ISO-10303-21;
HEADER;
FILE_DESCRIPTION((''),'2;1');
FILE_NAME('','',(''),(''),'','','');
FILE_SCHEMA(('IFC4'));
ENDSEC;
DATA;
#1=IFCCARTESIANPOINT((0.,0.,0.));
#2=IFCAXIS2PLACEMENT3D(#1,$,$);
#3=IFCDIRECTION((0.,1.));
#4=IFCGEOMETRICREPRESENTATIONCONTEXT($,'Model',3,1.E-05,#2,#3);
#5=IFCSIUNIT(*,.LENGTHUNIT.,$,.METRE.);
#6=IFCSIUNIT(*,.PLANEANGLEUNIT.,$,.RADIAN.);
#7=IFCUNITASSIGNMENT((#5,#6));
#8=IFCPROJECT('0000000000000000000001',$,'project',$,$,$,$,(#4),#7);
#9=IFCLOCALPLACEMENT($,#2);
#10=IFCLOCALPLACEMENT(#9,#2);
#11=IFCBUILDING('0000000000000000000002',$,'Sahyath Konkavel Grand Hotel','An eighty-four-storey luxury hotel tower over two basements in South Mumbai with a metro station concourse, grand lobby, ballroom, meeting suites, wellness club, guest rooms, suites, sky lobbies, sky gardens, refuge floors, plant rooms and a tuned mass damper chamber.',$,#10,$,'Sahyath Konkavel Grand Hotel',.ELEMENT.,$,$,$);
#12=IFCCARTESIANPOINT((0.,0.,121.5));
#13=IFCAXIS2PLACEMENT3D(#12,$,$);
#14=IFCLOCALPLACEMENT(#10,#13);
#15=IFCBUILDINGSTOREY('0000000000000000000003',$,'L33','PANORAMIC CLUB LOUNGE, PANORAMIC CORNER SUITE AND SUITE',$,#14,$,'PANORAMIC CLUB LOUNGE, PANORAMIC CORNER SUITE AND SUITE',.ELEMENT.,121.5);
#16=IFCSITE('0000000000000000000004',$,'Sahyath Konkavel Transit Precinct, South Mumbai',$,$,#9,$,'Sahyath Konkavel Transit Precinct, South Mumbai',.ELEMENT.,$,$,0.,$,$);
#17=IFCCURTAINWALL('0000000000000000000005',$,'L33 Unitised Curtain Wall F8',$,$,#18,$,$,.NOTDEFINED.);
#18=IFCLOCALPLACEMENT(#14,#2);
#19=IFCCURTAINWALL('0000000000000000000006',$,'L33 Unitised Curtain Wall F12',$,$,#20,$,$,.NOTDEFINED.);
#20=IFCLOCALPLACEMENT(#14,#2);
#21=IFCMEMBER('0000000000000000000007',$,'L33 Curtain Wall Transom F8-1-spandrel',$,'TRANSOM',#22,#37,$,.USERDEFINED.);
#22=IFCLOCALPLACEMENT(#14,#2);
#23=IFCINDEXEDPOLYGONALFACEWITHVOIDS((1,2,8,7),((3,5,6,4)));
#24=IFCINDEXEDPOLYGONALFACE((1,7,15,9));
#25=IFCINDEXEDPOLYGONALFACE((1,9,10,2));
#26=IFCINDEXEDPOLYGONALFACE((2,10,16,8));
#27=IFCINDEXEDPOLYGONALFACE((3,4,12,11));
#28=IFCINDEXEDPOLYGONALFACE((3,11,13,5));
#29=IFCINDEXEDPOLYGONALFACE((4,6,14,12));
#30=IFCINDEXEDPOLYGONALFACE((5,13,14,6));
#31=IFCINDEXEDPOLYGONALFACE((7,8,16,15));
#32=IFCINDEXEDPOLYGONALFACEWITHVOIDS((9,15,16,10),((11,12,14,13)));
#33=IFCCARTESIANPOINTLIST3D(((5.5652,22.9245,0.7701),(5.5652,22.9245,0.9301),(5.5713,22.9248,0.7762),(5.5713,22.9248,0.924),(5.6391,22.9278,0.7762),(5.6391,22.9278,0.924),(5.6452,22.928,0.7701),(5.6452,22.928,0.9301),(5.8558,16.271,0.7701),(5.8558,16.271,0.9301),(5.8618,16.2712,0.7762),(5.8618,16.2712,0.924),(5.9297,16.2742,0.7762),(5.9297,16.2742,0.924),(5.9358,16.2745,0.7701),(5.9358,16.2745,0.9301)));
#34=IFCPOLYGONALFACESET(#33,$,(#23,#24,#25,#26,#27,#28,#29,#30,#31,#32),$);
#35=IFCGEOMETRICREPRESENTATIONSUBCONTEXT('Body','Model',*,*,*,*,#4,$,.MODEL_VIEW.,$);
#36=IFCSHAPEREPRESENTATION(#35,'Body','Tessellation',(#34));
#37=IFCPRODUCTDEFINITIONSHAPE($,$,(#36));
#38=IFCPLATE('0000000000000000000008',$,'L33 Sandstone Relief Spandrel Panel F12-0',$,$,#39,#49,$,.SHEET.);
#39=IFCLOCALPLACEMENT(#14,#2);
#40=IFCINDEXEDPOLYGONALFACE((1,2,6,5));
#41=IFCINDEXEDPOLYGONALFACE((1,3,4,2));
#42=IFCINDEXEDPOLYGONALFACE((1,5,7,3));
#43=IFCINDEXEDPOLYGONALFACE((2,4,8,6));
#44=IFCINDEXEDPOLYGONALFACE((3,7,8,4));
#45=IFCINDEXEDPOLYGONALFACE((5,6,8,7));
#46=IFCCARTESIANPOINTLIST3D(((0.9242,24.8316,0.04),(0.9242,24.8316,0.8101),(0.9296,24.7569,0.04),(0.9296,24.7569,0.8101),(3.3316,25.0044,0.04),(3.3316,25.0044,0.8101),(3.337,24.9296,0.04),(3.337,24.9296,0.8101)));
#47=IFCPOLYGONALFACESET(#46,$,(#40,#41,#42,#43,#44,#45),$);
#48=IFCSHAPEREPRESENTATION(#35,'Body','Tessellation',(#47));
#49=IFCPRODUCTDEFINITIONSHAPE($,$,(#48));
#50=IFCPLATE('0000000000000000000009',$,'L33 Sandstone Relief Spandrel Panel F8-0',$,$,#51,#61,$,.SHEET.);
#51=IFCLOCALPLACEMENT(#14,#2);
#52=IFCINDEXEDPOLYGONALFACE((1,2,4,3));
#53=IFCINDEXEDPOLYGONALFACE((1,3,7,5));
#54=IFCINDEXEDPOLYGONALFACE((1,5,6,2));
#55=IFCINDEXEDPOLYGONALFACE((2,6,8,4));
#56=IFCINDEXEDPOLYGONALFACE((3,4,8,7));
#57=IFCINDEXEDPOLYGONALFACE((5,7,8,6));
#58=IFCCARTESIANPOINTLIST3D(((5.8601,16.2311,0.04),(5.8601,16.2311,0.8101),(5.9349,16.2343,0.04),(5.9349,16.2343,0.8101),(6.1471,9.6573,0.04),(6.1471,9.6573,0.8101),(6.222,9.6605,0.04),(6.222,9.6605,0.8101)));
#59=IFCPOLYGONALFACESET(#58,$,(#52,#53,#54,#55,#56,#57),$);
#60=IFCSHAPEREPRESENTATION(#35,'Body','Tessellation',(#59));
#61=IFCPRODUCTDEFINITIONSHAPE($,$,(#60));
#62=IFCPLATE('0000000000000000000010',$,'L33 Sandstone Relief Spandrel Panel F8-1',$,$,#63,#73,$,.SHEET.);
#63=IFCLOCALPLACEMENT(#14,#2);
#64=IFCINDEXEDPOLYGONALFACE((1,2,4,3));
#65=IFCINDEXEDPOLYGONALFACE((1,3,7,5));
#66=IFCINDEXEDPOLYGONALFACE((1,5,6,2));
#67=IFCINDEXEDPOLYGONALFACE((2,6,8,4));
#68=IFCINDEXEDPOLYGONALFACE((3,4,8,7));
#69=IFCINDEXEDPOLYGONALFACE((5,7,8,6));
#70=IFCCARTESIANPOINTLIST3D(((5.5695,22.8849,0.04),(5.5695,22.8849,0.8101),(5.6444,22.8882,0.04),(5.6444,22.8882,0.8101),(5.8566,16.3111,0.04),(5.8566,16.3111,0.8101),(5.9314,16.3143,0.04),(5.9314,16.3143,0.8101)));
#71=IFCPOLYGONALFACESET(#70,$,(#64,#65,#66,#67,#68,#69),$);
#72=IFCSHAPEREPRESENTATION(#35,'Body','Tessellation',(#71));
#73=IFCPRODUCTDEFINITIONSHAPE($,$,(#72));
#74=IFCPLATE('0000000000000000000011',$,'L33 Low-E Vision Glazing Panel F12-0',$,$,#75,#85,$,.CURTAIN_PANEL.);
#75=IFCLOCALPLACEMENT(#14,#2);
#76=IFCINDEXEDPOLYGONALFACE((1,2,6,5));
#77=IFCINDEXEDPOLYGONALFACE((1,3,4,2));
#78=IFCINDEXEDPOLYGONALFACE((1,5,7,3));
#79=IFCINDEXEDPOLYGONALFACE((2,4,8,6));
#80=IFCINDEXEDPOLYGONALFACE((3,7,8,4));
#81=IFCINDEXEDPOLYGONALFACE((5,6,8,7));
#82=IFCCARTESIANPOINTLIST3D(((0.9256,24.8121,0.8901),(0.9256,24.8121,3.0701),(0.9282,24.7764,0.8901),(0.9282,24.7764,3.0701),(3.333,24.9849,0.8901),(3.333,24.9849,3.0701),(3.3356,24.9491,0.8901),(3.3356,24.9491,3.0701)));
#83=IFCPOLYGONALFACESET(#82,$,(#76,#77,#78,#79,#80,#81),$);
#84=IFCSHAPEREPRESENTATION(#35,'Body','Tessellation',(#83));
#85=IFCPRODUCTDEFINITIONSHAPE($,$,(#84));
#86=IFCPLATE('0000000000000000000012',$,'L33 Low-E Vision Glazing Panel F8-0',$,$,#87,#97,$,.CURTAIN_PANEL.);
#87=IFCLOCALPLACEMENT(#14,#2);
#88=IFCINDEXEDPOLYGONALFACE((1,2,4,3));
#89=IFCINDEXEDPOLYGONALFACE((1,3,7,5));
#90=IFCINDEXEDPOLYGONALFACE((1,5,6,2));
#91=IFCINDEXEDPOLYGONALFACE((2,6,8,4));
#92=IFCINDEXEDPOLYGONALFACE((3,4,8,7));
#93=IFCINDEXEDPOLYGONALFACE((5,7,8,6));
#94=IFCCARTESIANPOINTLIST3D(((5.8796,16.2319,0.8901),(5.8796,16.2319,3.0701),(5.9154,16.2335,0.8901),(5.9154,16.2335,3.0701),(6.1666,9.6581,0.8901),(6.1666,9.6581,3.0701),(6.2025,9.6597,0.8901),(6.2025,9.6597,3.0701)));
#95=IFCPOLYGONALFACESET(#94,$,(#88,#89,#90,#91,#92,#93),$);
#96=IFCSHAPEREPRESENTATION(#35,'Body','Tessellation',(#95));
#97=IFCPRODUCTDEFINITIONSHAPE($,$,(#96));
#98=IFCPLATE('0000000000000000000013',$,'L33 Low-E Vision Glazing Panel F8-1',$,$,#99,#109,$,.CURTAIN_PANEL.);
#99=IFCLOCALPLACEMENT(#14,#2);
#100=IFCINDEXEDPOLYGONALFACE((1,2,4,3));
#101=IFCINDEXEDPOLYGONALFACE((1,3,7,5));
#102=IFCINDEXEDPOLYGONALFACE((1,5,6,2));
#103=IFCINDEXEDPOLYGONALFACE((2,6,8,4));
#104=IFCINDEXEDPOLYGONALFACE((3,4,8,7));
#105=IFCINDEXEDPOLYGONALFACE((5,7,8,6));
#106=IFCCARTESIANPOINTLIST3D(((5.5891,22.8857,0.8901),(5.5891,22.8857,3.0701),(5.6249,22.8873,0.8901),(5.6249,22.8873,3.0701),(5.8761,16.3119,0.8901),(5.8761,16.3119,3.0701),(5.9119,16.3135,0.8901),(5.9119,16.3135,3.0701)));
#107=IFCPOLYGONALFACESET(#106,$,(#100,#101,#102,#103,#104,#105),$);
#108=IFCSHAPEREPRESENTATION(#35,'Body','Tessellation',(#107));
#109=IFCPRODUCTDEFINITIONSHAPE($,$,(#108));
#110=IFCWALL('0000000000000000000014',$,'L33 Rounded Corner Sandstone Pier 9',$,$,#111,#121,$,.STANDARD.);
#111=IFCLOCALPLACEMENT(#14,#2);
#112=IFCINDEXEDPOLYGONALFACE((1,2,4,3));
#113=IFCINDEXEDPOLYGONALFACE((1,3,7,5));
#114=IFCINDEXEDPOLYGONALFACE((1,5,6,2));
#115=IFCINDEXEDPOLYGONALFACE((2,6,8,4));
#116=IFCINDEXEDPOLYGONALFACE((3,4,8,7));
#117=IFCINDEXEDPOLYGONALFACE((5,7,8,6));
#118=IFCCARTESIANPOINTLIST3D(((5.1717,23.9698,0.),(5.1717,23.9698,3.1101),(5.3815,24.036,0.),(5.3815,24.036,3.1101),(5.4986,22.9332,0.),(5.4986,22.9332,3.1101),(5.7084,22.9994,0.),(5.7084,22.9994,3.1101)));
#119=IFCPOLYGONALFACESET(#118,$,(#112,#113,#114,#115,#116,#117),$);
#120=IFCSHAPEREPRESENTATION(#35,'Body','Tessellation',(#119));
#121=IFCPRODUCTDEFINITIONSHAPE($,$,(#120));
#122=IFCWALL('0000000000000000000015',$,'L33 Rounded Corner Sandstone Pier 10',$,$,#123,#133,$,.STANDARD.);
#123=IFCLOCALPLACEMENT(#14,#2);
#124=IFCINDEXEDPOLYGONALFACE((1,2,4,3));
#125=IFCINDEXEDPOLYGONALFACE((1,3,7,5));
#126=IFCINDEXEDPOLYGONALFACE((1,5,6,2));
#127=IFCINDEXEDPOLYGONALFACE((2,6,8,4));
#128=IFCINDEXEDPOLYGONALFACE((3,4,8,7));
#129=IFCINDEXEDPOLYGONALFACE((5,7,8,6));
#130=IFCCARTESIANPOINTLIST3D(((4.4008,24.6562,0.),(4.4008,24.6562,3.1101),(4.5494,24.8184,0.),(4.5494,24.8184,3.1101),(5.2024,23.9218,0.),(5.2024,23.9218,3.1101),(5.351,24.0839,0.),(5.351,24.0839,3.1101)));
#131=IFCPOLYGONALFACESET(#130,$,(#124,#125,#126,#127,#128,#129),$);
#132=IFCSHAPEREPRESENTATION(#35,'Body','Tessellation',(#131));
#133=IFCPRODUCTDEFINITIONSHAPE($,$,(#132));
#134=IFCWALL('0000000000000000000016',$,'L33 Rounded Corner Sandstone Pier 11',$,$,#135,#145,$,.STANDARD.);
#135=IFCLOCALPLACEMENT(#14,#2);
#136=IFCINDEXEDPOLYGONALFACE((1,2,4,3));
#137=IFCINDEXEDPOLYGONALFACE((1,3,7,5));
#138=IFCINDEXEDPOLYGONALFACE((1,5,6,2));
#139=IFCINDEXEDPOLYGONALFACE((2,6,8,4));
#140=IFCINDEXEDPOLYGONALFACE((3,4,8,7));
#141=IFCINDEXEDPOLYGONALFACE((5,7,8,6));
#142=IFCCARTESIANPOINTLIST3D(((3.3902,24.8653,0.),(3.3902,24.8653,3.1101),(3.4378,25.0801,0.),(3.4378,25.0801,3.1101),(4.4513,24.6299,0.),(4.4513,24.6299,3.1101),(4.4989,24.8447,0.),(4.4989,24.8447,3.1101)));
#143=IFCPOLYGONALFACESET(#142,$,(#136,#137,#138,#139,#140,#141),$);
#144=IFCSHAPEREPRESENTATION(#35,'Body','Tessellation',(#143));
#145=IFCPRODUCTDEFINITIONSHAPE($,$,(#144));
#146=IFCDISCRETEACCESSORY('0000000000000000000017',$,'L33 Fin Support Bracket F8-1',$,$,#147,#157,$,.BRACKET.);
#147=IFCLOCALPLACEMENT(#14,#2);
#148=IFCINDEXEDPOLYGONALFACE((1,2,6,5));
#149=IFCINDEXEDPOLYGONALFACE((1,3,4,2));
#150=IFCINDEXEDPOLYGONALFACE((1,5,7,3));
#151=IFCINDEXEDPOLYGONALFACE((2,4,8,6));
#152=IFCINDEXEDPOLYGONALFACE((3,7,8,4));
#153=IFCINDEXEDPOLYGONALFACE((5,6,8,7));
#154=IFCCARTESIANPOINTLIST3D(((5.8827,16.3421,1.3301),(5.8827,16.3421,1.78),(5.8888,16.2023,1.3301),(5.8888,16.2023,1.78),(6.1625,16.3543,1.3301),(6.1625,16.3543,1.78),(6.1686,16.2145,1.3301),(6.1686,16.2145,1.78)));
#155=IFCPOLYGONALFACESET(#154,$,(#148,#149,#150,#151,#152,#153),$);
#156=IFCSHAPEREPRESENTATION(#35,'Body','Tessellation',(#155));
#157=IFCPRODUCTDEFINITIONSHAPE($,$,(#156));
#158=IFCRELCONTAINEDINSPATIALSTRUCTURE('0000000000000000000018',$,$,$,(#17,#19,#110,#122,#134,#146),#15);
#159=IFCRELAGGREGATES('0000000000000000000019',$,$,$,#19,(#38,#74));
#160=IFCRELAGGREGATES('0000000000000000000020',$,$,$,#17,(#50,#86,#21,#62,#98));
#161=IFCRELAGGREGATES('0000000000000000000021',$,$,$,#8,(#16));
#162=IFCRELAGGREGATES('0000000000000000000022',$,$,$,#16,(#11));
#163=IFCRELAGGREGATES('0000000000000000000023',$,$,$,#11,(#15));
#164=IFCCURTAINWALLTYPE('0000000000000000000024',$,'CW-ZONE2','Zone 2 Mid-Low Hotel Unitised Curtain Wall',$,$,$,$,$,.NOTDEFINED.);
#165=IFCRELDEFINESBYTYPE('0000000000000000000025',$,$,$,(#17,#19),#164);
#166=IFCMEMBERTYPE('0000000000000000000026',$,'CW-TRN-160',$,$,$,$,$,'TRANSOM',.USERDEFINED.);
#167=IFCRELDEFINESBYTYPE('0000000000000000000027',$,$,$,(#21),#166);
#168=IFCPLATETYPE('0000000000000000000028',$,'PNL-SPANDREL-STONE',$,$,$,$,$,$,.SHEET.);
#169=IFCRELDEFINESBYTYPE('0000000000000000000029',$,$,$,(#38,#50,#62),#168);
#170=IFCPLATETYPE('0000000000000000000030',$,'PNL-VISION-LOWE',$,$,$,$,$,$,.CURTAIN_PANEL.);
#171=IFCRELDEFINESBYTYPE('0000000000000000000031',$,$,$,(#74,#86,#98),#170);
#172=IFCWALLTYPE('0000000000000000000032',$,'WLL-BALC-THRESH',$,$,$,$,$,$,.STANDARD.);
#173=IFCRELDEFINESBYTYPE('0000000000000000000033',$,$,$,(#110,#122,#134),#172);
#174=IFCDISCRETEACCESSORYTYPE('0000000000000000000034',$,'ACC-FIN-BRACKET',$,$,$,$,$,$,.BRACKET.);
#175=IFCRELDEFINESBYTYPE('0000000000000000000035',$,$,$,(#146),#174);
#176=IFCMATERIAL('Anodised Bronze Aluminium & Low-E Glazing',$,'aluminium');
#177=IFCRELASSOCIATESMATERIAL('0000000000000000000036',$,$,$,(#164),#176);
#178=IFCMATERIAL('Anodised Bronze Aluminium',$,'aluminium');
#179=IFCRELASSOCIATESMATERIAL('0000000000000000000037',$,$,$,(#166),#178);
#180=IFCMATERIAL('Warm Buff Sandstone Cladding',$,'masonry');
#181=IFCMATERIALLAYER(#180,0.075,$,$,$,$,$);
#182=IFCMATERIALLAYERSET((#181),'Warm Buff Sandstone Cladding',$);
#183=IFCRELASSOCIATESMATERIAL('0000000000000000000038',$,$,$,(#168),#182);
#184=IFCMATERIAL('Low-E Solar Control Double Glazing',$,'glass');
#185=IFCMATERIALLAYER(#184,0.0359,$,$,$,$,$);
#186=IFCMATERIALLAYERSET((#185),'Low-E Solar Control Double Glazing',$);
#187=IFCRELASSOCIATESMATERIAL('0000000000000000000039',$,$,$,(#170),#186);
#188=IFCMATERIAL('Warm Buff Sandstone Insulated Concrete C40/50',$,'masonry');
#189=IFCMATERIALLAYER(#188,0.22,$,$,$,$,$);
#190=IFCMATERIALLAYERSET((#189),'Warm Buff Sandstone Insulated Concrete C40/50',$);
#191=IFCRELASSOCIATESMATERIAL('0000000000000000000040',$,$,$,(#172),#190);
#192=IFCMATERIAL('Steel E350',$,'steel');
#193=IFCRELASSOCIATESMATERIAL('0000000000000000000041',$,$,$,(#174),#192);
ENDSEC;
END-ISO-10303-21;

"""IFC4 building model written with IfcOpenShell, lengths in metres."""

from ifc_helpers import new_model, si_unit, direction, frame, frame_2d, origin, origin_2d, place, context, subcontext, project, spatial, rectangle, hollow_rectangle, extrude, source, transform, mapped, material, layer, layer_set, material_profile, profile_set, type_object, element, aggregate, save


model = new_model("IFC4")

# Units and contexts
model_context = context("Model", 3, precision=1e-05, world=origin(), true_north=direction((0.0, 1.0)))
body_context = subcontext(model_context, "Body", "Model", "MODEL_VIEW")
ifc_project = project(units=[si_unit("LENGTHUNIT", "METRE"), si_unit("PLANEANGLEUNIT", "RADIAN")], contexts=[model_context])

# Site, building, storey
site_placement = place(None, origin())
site = spatial("IfcSite", under=ifc_project, at=site_placement, Name="Sahyath Konkavel Transit Precinct, South Mumbai", LongName="Sahyath Konkavel Transit Precinct, South Mumbai", CompositionType="ELEMENT", RefElevation=0.0)
building_placement = place(site_placement, origin())
building = spatial("IfcBuilding", under=site, at=building_placement, Name="Sahyath Konkavel Grand Hotel", Description="An eighty-four-storey luxury hotel tower over two basements in South Mumbai with a metro station concourse, grand lobby, ballroom, meeting suites, wellness club, guest rooms, suites, sky lobbies, sky gardens, refuge floors, plant rooms and a tuned mass damper chamber.", LongName="Sahyath Konkavel Grand Hotel", CompositionType="ELEMENT")
storey_placement = place(building_placement, frame((0.0, 0.0, 121.5)))
storey = spatial("IfcBuildingStorey", under=building, at=storey_placement, Name="L33", Description="PANORAMIC CLUB LOUNGE, PANORAMIC CORNER SUITE AND SUITE", LongName="PANORAMIC CLUB LOUNGE, PANORAMIC CORNER SUITE AND SUITE", CompositionType="ELEMENT", Elevation=121.5)

# Shared definitions
ifc_material_1 = material(Name="Steel E350", Category="steel")

# Curtain walls
ifc_material_2 = material(Name="Anodised Bronze Aluminium & Low-E Glazing", Category="aluminium")
curtain_wall_type = type_object("IfcCurtainWallType", Name="CW-ZONE2", Description="Zone 2 Mid-Low Hotel Unitised Curtain Wall", PredefinedType="NOTDEFINED", material=ifc_material_2)
curtain_wall_1_placement = place(storey_placement, origin())
curtain_wall_1 = element("IfcCurtainWall", 1, at=curtain_wall_1_placement, inside=storey, type_object=curtain_wall_type, Name="L33 Unitised Curtain Wall F8", PredefinedType="NOTDEFINED")
ifc_material_3 = material(Name="Anodised Bronze Aluminium", Category="aluminium")
curtain_wall_2_placement = place(storey_placement, origin())
curtain_wall_2 = element("IfcCurtainWall", 2, at=curtain_wall_2_placement, inside=storey, type_object=curtain_wall_type, Name="L33 Unitised Curtain Wall F12", PredefinedType="NOTDEFINED")
ifc_material_profile_1 = material_profile(ifc_material_3, hollow_rectangle(XDim=0.0801, YDim=0.1599, WallThickness=0.0061, at=origin_2d()), Name="RHS 160x80x6")
ifc_profile_set_1 = profile_set([ifc_material_profile_1], Name="Anodised Bronze Aluminium")
member_type_1 = type_object("IfcMemberType", Name="CW-TRN-160", ElementType="TRANSOM", PredefinedType="USERDEFINED", material=ifc_profile_set_1)

# Member
shared_shape_1 = source(origin(), body_context, "Body", "SweptSolid", [
    extrude(hollow_rectangle(XDim=0.0801, YDim=0.1599, WallThickness=0.0061, at=origin_2d()), origin(), (0.0, 0.0, 1.0), 6.6599),
])
member_1_placement = place(storey_placement, frame((5.8958, 16.2727, 0.8501), z_axis=(-0.043623, 0.999048, 0.0), x_axis=(-0.999048, -0.043623, 0.0)))
member_1 = element("IfcMember", 3, at=member_1_placement, type_object=member_type_1, Name="L33 Curtain Wall Transom F8-1-spandrel", ObjectType="TRANSOM", PredefinedType="USERDEFINED", context=body_context, shape_type="MappedRepresentation", body=[
    mapped(shared_shape_1, transform((0.0, 0.0, 0.0), scale=1.0)),
])

# Plates
ifc_material_4 = material(Name="Warm Buff Sandstone Cladding", Category="masonry")
ifc_layer_1 = layer(ifc_material_4, 0.075)
ifc_layer_set_1 = layer_set([ifc_layer_1], Name="Warm Buff Sandstone Cladding")
plate_type_1 = type_object("IfcPlateType", Name="PNL-SPANDREL-STONE", PredefinedType="SHEET", material=ifc_layer_set_1)
shared_shape_2 = source(origin(), body_context, "Body", "SweptSolid", [
    extrude(rectangle(XDim=2.4136, YDim=0.075, at=origin_2d()), origin(), (0.0, 0.0, 1.0), 0.77),
])
plate_1_placement = place(storey_placement, frame((2.1306, 24.8806, 0.04), z_axis=(0.0, 0.0, 1.0), x_axis=(-0.997436, -0.071567, 0.0)))
plate_1 = element("IfcPlate", 4, at=plate_1_placement, type_object=plate_type_1, Name="L33 Sandstone Relief Spandrel Panel F12-0", PredefinedType="SHEET", context=body_context, shape_type="MappedRepresentation", body=[
    mapped(shared_shape_2, transform((0.0, 0.0, 0.0), scale=1.0)),
])
shared_shape_3 = source(origin(), body_context, "Body", "SweptSolid", [
    extrude(rectangle(XDim=6.5801, YDim=0.075, at=origin_2d()), origin(), (0.0, 0.0, 1.0), 0.77),
])
plate_2_placement = place(storey_placement, frame((6.041, 12.9458, 0.04), z_axis=(0.0, 0.0, 1.0), x_axis=(-0.043619, 0.999048, 0.0)))
plate_2 = element("IfcPlate", 5, at=plate_2_placement, type_object=plate_type_1, Name="L33 Sandstone Relief Spandrel Panel F8-0", PredefinedType="SHEET", context=body_context, shape_type="MappedRepresentation", body=[
    mapped(shared_shape_3, transform((0.0, 0.0, 0.0), scale=1.0)),
])
plate_3_placement = place(storey_placement, frame((5.7505, 19.5996, 0.04), z_axis=(0.0, 0.0, 1.0), x_axis=(-0.043619, 0.999048, 0.0)))
plate_3 = element("IfcPlate", 6, at=plate_3_placement, type_object=plate_type_1, Name="L33 Sandstone Relief Spandrel Panel F8-1", PredefinedType="SHEET", context=body_context, shape_type="MappedRepresentation", body=[
    mapped(shared_shape_3, transform((0.0, 0.0, 0.0), scale=1.0)),
])
ifc_material_5 = material(Name="Low-E Solar Control Double Glazing", Category="glass")
ifc_layer_2 = layer(ifc_material_5, 0.0359)
ifc_layer_set_2 = layer_set([ifc_layer_2], Name="Low-E Solar Control Double Glazing")
plate_type_2 = type_object("IfcPlateType", Name="PNL-VISION-LOWE", PredefinedType="CURTAIN_PANEL", material=ifc_layer_set_2)
shared_shape_4 = source(origin(), body_context, "Body", "SweptSolid", [
    extrude(rectangle(XDim=2.4136, YDim=0.0359, at=origin_2d()), origin(), (0.0, 0.0, 1.0), 2.1799),
])
plate_4_placement = place(storey_placement, frame((2.1306, 24.8806, 0.8901), z_axis=(0.0, 0.0, 1.0), x_axis=(-0.997436, -0.071567, 0.0)))
plate_4 = element("IfcPlate", 7, at=plate_4_placement, type_object=plate_type_2, Name="L33 Low-E Vision Glazing Panel F12-0", PredefinedType="CURTAIN_PANEL", context=body_context, shape_type="MappedRepresentation", body=[
    mapped(shared_shape_4, transform((0.0, 0.0, 0.0), scale=1.0)),
])
aggregate(curtain_wall_2, [plate_1, plate_4])
shared_shape_5 = source(origin(), body_context, "Body", "SweptSolid", [
    extrude(rectangle(XDim=6.5801, YDim=0.0359, at=origin_2d()), origin(), (0.0, 0.0, 1.0), 2.1799),
])
plate_5_placement = place(storey_placement, frame((6.041, 12.9458, 0.8901), z_axis=(0.0, 0.0, 1.0), x_axis=(-0.043619, 0.999048, 0.0)))
plate_5 = element("IfcPlate", 8, at=plate_5_placement, type_object=plate_type_2, Name="L33 Low-E Vision Glazing Panel F8-0", PredefinedType="CURTAIN_PANEL", context=body_context, shape_type="MappedRepresentation", body=[
    mapped(shared_shape_5, transform((0.0, 0.0, 0.0), scale=1.0)),
])
plate_6_placement = place(storey_placement, frame((5.7505, 19.5996, 0.8901), z_axis=(0.0, 0.0, 1.0), x_axis=(-0.043619, 0.999048, 0.0)))
plate_6 = element("IfcPlate", 9, at=plate_6_placement, type_object=plate_type_2, Name="L33 Low-E Vision Glazing Panel F8-1", PredefinedType="CURTAIN_PANEL", context=body_context, shape_type="MappedRepresentation", body=[
    mapped(shared_shape_5, transform((0.0, 0.0, 0.0), scale=1.0)),
])
aggregate(curtain_wall_1, [plate_2, plate_5, member_1, plate_3, plate_6])

# Walls
ifc_material_6 = material(Name="Warm Buff Sandstone Insulated Concrete C40/50", Category="masonry")
ifc_layer_3 = layer(ifc_material_6, 0.22)
ifc_layer_set_3 = layer_set([ifc_layer_3], Name="Warm Buff Sandstone Insulated Concrete C40/50")
wall_type = type_object("IfcWallType", Name="WLL-BALC-THRESH", PredefinedType="STANDARD", material=ifc_layer_set_3)
wall_1_placement = place(storey_placement, frame((5.6035, 22.9663, 0.0), z_axis=(0.0, 0.0, 1.0), x_axis=(-0.300755, 0.953701, 0.0)))
element("IfcWall", 10, at=wall_1_placement, inside=storey, type_object=wall_type, Name="L33 Rounded Corner Sandstone Pier 9", PredefinedType="STANDARD", context=body_context, shape_type="SweptSolid", body=[
    extrude(rectangle(XDim=1.0869, YDim=0.22, at=frame_2d((0.5435, 0.0))), origin(), (0.0, 0.0, 1.0), 3.1101),
])
wall_2_placement = place(storey_placement, frame((5.2766, 24.0029, 0.0), z_axis=(0.0, 0.0, 1.0), x_axis=(-0.737313, 0.675552, 0.0)))
element("IfcWall", 11, at=wall_2_placement, inside=storey, type_object=wall_type, Name="L33 Rounded Corner Sandstone Pier 10", PredefinedType="STANDARD", context=body_context, shape_type="SweptSolid", body=[
    extrude(rectangle(XDim=1.0872, YDim=0.22, at=frame_2d((0.5435, 0.0))), origin(), (0.0, 0.0, 1.0), 3.1101),
])
wall_3_placement = place(storey_placement, frame((4.4751, 24.7373, 0.0), z_axis=(0.0, 0.0, 1.0), x_axis=(-0.976272, 0.21655, 0.0)))
element("IfcWall", 12, at=wall_3_placement, inside=storey, type_object=wall_type, Name="L33 Rounded Corner Sandstone Pier 11", PredefinedType="STANDARD", context=body_context, shape_type="SweptSolid", body=[
    extrude(rectangle(XDim=1.0869, YDim=0.22, at=frame_2d((0.5435, 0.0))), origin(), (0.0, 0.0, 1.0), 3.1101),
])

# Discrete accessory
discrete_accessory_type = type_object("IfcDiscreteAccessoryType", Name="ACC-FIN-BRACKET", PredefinedType="BRACKET", material=ifc_material_1)
shared_shape_6 = source(origin(), body_context, "Body", "SweptSolid", [
    extrude(rectangle(XDim=0.28, YDim=0.1399, at=origin_2d()), origin(), (0.0, 0.0, 1.0), 0.45),
])
discrete_accessory_placement = place(storey_placement, frame((6.0256, 16.2783, 1.3301), z_axis=(0.0, 0.0, 1.0), x_axis=(0.999048, 0.043619, 0.0)))
element("IfcDiscreteAccessory", 13, at=discrete_accessory_placement, inside=storey, type_object=discrete_accessory_type, Name="L33 Fin Support Bracket F8-1", PredefinedType="BRACKET", context=body_context, shape_type="MappedRepresentation", body=[
    mapped(shared_shape_6, transform((0.0, 0.0, 0.0), scale=1.0)),
])

save(model, "model.ifc")
